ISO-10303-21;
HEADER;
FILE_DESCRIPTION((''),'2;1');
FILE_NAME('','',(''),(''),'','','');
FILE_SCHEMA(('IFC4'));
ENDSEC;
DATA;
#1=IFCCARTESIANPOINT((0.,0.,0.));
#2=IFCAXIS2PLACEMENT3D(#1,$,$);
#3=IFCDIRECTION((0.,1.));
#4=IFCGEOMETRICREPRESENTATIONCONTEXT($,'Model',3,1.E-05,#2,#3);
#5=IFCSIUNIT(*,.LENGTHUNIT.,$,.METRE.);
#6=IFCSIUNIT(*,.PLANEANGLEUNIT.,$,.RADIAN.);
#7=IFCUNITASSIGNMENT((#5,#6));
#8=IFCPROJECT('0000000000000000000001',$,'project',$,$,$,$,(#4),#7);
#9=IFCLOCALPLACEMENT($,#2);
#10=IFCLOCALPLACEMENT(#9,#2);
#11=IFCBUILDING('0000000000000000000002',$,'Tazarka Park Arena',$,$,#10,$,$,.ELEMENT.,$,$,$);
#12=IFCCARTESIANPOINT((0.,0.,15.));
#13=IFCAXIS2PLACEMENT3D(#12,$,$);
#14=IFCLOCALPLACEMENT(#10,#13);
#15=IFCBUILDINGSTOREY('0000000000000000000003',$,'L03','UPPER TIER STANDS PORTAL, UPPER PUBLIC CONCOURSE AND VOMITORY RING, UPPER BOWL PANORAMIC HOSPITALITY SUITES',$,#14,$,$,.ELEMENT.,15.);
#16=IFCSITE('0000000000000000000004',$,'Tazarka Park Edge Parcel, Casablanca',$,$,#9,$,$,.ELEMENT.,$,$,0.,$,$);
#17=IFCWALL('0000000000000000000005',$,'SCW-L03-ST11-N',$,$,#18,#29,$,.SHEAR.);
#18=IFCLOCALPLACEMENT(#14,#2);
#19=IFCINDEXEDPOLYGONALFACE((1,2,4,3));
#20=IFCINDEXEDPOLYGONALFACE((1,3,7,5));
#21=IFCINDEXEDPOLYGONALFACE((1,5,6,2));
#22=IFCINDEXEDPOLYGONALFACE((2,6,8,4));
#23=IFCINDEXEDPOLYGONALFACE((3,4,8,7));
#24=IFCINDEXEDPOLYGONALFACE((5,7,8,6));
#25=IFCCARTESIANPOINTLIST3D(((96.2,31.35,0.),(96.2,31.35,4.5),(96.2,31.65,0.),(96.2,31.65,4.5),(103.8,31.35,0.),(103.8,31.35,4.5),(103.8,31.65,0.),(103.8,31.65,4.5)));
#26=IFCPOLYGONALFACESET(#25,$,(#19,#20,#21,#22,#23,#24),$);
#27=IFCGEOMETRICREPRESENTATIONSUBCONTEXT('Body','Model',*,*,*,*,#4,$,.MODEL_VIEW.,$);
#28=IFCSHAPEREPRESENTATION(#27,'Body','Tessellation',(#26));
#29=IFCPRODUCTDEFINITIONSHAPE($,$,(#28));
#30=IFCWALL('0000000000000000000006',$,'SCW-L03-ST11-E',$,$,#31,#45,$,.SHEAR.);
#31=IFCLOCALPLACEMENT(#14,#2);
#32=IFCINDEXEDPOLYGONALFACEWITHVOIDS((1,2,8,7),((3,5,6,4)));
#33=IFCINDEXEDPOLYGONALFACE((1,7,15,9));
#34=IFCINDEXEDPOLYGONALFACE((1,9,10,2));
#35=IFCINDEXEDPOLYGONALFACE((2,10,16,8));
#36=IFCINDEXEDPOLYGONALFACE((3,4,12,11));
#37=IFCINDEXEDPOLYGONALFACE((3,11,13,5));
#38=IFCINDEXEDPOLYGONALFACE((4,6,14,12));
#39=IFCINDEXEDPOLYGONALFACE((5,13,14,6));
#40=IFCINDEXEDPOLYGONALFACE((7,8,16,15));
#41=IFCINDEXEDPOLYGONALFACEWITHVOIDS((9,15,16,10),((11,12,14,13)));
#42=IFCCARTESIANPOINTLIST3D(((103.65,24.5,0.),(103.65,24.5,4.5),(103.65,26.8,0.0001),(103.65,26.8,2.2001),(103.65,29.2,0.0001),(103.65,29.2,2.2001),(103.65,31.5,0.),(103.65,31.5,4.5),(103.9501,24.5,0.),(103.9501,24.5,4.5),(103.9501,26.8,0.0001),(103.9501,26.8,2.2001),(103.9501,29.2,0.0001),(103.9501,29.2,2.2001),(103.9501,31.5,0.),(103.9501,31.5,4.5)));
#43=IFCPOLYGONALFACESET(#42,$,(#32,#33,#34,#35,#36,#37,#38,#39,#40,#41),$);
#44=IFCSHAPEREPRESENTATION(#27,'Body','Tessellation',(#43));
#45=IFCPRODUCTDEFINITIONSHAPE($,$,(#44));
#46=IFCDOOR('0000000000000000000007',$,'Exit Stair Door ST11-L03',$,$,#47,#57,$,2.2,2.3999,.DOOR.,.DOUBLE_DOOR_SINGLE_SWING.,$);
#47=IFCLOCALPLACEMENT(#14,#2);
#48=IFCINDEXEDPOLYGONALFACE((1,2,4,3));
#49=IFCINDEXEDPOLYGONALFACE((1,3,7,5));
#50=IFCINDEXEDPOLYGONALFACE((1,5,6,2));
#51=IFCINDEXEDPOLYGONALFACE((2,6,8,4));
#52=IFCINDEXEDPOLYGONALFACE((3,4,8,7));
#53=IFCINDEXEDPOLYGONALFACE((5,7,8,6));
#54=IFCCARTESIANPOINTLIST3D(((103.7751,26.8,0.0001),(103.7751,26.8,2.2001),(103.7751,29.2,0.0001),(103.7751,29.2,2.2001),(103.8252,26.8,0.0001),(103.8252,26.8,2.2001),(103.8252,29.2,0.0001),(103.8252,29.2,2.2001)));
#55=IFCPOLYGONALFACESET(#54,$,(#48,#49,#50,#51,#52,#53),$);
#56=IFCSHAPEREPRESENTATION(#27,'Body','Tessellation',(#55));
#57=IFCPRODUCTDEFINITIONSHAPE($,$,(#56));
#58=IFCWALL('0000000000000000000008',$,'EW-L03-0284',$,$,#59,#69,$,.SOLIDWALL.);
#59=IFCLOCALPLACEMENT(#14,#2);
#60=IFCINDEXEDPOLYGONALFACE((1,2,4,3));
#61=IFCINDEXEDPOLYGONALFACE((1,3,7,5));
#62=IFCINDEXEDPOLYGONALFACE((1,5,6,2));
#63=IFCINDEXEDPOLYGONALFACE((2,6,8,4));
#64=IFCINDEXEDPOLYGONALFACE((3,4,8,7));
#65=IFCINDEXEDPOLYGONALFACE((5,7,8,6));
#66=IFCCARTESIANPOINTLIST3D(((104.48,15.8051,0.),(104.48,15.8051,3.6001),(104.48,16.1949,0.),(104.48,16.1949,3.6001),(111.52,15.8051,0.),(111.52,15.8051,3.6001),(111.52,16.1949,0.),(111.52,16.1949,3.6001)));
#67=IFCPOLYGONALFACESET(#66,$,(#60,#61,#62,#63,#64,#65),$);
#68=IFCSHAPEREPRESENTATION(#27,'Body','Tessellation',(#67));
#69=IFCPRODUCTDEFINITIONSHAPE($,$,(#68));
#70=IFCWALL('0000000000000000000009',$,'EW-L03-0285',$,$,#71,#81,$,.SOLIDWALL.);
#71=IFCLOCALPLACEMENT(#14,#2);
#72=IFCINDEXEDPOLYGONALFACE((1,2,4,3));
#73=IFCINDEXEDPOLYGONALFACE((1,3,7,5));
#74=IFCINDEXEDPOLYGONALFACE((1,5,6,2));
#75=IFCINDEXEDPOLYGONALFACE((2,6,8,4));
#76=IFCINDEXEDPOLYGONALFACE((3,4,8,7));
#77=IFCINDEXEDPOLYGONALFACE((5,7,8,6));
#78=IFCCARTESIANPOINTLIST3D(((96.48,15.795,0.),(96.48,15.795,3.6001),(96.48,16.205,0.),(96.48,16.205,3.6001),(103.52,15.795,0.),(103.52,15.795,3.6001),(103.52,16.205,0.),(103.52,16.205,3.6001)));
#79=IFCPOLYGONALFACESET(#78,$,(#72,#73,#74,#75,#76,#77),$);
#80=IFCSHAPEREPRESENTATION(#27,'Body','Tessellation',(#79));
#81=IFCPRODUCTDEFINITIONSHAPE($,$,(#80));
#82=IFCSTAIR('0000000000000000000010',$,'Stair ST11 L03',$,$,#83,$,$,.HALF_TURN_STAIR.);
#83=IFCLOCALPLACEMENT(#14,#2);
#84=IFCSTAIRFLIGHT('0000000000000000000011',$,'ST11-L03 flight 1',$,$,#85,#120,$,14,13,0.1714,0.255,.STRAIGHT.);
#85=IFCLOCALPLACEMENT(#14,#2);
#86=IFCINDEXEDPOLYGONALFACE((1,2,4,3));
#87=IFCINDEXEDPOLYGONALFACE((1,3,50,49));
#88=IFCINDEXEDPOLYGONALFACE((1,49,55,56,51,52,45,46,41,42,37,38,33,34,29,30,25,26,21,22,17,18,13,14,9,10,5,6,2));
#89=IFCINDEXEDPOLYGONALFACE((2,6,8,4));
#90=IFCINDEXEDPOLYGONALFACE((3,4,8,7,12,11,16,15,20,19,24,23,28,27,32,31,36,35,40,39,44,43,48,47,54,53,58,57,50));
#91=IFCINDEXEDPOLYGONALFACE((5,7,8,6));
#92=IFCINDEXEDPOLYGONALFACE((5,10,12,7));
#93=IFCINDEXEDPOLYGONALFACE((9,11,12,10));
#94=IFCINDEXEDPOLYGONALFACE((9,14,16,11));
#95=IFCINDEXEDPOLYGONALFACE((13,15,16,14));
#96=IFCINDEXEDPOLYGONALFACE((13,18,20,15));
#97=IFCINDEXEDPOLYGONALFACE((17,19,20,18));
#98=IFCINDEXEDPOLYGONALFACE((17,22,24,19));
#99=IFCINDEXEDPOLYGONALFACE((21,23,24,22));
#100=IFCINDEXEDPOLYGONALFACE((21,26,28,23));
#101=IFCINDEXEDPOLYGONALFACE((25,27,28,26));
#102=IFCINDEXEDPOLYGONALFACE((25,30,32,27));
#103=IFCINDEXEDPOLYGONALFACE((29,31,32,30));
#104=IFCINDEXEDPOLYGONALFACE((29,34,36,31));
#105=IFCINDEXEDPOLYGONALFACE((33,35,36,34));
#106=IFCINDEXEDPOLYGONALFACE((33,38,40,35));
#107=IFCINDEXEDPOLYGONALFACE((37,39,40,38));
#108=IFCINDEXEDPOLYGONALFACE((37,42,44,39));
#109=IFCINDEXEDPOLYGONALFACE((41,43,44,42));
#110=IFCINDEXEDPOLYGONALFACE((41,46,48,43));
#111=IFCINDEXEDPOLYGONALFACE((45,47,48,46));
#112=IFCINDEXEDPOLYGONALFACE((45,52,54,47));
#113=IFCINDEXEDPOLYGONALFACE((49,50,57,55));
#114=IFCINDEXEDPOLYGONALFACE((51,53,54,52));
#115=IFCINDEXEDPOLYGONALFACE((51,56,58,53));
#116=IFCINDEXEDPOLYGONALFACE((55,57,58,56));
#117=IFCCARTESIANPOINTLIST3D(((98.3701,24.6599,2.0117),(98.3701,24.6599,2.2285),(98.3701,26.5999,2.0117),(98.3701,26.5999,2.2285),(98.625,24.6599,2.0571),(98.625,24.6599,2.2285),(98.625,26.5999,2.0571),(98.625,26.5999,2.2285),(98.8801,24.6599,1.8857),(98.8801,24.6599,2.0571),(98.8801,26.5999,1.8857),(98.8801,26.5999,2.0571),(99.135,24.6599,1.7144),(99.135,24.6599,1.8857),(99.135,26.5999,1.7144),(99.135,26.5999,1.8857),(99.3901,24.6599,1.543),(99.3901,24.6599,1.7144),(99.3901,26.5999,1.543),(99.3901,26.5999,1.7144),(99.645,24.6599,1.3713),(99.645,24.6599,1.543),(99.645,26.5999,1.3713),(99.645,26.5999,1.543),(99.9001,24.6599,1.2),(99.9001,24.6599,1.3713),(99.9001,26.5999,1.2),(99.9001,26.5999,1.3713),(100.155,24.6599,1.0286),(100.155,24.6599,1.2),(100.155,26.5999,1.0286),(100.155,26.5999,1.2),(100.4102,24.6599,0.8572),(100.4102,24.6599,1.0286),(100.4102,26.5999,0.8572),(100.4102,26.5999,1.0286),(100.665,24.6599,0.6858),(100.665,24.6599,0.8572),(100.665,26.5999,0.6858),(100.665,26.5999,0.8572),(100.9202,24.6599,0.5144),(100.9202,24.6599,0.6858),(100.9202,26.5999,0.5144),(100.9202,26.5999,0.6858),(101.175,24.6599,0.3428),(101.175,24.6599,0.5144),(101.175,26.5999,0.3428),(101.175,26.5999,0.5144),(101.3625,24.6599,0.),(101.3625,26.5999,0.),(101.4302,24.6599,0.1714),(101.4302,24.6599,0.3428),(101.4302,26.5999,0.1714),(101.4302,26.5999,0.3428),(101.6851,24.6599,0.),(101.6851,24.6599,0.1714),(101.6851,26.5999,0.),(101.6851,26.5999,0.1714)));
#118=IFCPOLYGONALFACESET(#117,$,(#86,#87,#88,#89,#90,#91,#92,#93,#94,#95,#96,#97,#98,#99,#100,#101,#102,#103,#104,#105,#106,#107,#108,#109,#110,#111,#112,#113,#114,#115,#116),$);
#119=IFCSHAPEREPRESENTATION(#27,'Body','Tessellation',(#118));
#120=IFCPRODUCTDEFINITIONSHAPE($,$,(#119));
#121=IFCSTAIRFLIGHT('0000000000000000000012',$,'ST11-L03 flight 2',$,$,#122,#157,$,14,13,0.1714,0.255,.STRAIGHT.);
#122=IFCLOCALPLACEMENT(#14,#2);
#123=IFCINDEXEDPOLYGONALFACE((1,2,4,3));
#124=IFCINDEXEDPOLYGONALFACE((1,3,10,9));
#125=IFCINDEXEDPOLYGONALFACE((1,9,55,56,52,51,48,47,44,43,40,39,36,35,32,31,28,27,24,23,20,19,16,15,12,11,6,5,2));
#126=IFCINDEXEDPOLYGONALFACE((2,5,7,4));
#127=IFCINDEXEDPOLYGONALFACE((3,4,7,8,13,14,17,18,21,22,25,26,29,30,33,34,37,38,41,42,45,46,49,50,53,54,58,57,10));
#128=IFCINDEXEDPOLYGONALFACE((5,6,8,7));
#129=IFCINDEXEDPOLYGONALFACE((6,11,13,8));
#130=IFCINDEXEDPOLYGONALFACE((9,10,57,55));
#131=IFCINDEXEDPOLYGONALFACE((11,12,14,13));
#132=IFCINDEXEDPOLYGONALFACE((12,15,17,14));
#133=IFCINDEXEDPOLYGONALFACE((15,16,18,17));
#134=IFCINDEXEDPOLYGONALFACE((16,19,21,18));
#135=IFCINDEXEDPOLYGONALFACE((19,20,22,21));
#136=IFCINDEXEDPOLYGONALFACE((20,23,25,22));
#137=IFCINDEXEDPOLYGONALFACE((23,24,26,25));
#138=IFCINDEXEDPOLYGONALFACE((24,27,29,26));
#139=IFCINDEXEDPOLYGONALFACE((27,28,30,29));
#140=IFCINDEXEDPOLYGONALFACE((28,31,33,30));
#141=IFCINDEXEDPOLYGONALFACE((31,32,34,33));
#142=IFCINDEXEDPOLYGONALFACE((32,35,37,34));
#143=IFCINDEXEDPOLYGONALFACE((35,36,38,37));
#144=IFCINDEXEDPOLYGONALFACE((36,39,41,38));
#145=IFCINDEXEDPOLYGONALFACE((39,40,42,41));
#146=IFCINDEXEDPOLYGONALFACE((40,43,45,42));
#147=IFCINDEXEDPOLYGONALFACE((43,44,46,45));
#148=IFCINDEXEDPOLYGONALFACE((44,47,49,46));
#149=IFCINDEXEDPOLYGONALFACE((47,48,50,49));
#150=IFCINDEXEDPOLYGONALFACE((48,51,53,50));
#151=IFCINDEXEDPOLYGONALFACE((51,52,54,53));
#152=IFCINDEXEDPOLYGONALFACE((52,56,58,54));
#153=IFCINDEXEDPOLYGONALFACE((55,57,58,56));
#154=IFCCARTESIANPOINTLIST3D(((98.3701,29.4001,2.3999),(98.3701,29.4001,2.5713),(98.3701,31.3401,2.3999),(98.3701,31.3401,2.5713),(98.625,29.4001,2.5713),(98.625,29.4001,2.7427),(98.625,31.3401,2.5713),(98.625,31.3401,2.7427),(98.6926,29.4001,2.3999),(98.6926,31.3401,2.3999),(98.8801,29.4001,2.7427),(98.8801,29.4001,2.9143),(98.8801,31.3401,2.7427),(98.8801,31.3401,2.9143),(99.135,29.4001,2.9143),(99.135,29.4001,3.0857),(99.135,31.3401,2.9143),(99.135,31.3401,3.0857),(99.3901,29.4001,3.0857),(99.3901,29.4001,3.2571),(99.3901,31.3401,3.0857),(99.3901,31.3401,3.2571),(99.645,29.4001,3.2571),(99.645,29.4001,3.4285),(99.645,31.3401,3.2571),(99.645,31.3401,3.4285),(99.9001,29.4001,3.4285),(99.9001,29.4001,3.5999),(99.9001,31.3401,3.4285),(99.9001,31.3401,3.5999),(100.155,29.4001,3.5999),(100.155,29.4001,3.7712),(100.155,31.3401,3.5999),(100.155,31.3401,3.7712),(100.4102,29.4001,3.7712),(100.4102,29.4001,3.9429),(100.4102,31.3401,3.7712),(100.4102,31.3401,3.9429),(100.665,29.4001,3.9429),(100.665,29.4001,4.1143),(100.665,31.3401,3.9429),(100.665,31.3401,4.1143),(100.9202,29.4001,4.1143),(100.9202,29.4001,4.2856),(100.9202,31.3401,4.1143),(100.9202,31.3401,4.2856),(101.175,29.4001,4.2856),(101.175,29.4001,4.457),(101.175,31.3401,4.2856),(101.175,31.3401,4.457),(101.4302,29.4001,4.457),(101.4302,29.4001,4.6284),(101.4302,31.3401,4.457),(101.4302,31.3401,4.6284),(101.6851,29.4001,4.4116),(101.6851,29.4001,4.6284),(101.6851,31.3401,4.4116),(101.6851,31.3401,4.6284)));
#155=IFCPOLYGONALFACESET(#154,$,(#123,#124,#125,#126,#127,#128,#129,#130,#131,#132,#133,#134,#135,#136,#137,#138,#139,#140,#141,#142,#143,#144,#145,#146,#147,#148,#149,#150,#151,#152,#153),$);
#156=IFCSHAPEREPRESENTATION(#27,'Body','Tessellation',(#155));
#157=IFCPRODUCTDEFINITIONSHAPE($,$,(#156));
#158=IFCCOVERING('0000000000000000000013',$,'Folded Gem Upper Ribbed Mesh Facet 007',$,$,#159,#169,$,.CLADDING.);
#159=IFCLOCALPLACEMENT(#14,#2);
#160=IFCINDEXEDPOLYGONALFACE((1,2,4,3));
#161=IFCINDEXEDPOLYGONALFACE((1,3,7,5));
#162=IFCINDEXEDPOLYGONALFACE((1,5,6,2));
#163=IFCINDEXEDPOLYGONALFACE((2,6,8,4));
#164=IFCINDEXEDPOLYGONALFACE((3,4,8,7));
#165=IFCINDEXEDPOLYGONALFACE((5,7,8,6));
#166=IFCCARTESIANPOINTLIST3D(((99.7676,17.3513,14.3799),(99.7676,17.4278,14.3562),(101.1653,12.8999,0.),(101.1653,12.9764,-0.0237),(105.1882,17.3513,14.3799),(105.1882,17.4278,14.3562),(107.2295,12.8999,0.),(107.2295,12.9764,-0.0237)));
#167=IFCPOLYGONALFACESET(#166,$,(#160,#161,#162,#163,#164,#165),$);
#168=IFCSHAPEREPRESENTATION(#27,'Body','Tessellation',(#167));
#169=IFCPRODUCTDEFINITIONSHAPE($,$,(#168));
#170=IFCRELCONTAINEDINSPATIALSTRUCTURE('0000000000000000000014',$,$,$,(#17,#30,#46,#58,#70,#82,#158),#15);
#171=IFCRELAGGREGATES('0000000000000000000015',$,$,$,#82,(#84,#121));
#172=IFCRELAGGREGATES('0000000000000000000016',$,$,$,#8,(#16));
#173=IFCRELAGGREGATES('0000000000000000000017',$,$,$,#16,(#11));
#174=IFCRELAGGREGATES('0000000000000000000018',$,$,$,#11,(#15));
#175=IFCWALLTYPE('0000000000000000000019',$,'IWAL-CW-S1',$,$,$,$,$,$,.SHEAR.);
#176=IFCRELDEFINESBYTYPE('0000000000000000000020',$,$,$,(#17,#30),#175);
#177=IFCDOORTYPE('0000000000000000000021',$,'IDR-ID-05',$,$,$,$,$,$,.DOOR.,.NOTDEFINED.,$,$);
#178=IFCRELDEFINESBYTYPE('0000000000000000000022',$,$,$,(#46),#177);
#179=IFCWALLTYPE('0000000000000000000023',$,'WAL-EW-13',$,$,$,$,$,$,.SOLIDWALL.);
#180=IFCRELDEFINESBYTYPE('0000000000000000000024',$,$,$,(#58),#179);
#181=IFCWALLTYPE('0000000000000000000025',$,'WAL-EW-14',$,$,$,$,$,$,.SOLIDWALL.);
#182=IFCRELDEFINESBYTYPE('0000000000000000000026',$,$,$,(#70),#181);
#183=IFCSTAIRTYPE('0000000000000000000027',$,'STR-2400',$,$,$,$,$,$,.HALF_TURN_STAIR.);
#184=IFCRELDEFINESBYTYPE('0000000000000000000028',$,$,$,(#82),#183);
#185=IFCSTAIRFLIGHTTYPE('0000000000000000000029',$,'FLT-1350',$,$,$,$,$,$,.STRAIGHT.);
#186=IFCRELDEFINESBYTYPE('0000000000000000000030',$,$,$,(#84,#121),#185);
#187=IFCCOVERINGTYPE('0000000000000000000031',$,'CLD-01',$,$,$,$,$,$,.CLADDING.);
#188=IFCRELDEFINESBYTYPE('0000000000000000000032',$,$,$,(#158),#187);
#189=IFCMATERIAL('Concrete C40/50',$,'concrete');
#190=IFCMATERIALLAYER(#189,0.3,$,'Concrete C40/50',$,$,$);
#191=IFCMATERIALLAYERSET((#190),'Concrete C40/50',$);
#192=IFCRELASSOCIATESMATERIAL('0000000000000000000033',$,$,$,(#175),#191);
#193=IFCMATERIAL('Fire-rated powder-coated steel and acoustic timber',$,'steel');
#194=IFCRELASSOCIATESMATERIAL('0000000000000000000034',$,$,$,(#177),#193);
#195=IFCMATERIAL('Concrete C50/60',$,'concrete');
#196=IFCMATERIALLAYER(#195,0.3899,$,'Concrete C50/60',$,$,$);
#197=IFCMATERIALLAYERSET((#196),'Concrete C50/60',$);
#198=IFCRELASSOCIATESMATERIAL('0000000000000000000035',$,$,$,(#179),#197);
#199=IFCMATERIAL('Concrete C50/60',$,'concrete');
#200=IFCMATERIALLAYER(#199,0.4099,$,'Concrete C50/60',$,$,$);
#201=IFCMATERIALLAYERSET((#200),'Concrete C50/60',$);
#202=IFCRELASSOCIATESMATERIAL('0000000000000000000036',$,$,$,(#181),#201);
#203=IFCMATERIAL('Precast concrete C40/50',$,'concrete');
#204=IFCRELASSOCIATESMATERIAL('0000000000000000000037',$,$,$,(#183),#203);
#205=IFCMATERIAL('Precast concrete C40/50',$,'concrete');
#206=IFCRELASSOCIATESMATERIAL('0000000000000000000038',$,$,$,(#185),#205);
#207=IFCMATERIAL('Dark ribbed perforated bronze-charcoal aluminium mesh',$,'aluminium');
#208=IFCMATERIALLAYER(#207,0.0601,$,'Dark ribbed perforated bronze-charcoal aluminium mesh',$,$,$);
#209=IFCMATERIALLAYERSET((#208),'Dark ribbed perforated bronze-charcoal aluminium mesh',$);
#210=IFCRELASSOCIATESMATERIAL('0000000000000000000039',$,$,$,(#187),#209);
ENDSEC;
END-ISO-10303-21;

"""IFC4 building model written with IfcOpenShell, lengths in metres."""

from ifc_helpers import new_model, si_unit, direction, frame, frame_2d, origin, place, context, subcontext, project, spatial, polyline, rectangle, outline, extrude, material, layer, layer_set, type_object, element, fill, aggregate, save


model = new_model("IFC4")

# Units and contexts
model_context = context("Model", 3, precision=1e-05, world=origin(), true_north=direction((0.0, 1.0)))
body_context = subcontext(model_context, "Body", "Model", "MODEL_VIEW")
ifc_project = project(units=[si_unit("LENGTHUNIT", "METRE"), si_unit("PLANEANGLEUNIT", "RADIAN")], contexts=[model_context])

# Site, building, storey
site_placement = place(None, origin())
site = spatial("IfcSite", under=ifc_project, at=site_placement, Name="Tazarka Park Edge Parcel, Casablanca", CompositionType="ELEMENT", RefElevation=0.0)
building_placement = place(site_placement, origin())
building = spatial("IfcBuilding", under=site, at=building_placement, Name="Tazarka Park Arena", CompositionType="ELEMENT")
storey_placement = place(building_placement, frame((0.0, 0.0, 15.0)))
storey = spatial("IfcBuildingStorey", under=building, at=storey_placement, Name="L03", Description="UPPER TIER STANDS PORTAL, UPPER PUBLIC CONCOURSE AND VOMITORY RING, UPPER BOWL PANORAMIC HOSPITALITY SUITES", CompositionType="ELEMENT", Elevation=15.0)

# Wall
ifc_material_1 = material(Name="Concrete C40/50", Category="concrete")
ifc_layer_1 = layer(ifc_material_1, 0.3, Name="Concrete C40/50")
ifc_layer_set_1 = layer_set([ifc_layer_1], Name="Concrete C40/50")
wall_type_1 = type_object("IfcWallType", Name="IWAL-CW-S1", PredefinedType="SHEAR", material=ifc_layer_set_1)
wall_1_placement = place(storey_placement, frame((96.2, 31.5, 0.0), z_axis=(0.0, 0.0, 1.0), x_axis=(1.0, 0.0, 0.0)))
element("IfcWall", 1, at=wall_1_placement, inside=storey, type_object=wall_type_1, Name="SCW-L03-ST11-N", PredefinedType="SHEAR", context=body_context, shape_type="SweptSolid", body=[
    extrude(rectangle(XDim=7.6001, YDim=0.3, at=frame_2d((3.8, 0.0))), origin(), (0.0, 0.0, 1.0), 4.5),
])

# Wall, opening, door
wall_2_placement = place(storey_placement, frame((103.8, 31.5, 0.0), z_axis=(0.0, 0.0, 1.0), x_axis=(0.0, -1.0, 0.0)))
wall_2 = element("IfcWall", 2, at=wall_2_placement, inside=storey, type_object=wall_type_1, Name="SCW-L03-ST11-E", PredefinedType="SHEAR", context=body_context, shape_type="SweptSolid", body=[
    extrude(rectangle(XDim=7.0, YDim=0.3, at=frame_2d((3.5, 0.0))), origin(), (0.0, 0.0, 1.0), 4.5),
])
opening_placement = place(wall_2_placement, frame((2.3, 0.0, 0.0)))
opening = element("IfcOpeningElement", 3, at=opening_placement, cuts=wall_2, PredefinedType="OPENING", context=body_context, shape_type="SweptSolid", body=[
    extrude(rectangle(XDim=2.3999, YDim=2.2, at=frame_2d((1.2, 1.1001))), frame((0.0, 0.1602, 0.0), z_axis=(0.0, -1.0, 0.0), x_axis=(1.0, 0.0, 0.0)), (0.0, 0.0, 1.0), 0.3201),
])
ifc_material_2 = material(Name="Fire-rated powder-coated steel and acoustic timber", Category="steel")
door_type = type_object("IfcDoorType", Name="IDR-ID-05", OperationType="NOTDEFINED", PredefinedType="DOOR", material=ifc_material_2)
door_placement = place(opening_placement, frame((2.3999, 0.0, 0.0), z_axis=(0.0, 0.0, 1.0), x_axis=(-1.0, 0.0, 0.0)))
door = element("IfcDoor", 4, at=door_placement, inside=storey, type_object=door_type, Name="Exit Stair Door ST11-L03", OperationType="DOUBLE_DOOR_SINGLE_SWING", OverallHeight=2.2, OverallWidth=2.3999, PredefinedType="DOOR", context=body_context, shape_type="SweptSolid", body=[
    extrude(rectangle(XDim=2.3999, YDim=2.2, at=frame_2d((1.2, 1.1001))), frame((0.0, 0.0249, 0.0), z_axis=(0.0, -1.0, 0.0), x_axis=(1.0, 0.0, 0.0)), (0.0, 0.0, 1.0), 0.05),
])
fill(opening, door)

# Walls
ifc_material_3 = material(Name="Concrete C50/60", Category="concrete")
ifc_layer_2 = layer(ifc_material_3, 0.3899, Name="Concrete C50/60")
ifc_layer_set_2 = layer_set([ifc_layer_2], Name="Concrete C50/60")
wall_type_2 = type_object("IfcWallType", Name="WAL-EW-13", PredefinedType="SOLIDWALL", material=ifc_layer_set_2)
wall_3_placement = place(storey_placement, frame((111.52, 16.0, 0.0), z_axis=(0.0, 0.0, 1.0), x_axis=(-1.0, 0.0, 0.0)))
element("IfcWall", 5, at=wall_3_placement, inside=storey, type_object=wall_type_2, Name="EW-L03-0284", PredefinedType="SOLIDWALL", context=body_context, shape_type="SweptSolid", body=[
    extrude(rectangle(XDim=7.04, YDim=0.3899, at=frame_2d((3.52, 0.0))), origin(), (0.0, 0.0, 1.0), 3.6001),
])
ifc_material_4 = material(Name="Concrete C50/60", Category="concrete")
ifc_layer_3 = layer(ifc_material_4, 0.4099, Name="Concrete C50/60")
ifc_layer_set_3 = layer_set([ifc_layer_3], Name="Concrete C50/60")
wall_type_3 = type_object("IfcWallType", Name="WAL-EW-14", PredefinedType="SOLIDWALL", material=ifc_layer_set_3)
wall_4_placement = place(storey_placement, frame((103.52, 16.0, 0.0), z_axis=(0.0, 0.0, 1.0), x_axis=(-1.0, 0.0, 0.0)))
element("IfcWall", 6, at=wall_4_placement, inside=storey, type_object=wall_type_3, Name="EW-L03-0285", PredefinedType="SOLIDWALL", context=body_context, shape_type="SweptSolid", body=[
    extrude(rectangle(XDim=7.04, YDim=0.4099, at=frame_2d((3.52, 0.0))), origin(), (0.0, 0.0, 1.0), 3.6001),
])

# Stair, stair flights
ifc_material_5 = material(Name="Precast concrete C40/50", Category="concrete")
stair_type = type_object("IfcStairType", Name="STR-2400", PredefinedType="HALF_TURN_STAIR", material=ifc_material_5)
stair_placement = place(storey_placement, origin())
stair = element("IfcStair", 7, at=stair_placement, inside=storey, type_object=stair_type, Name="Stair ST11 L03", PredefinedType="HALF_TURN_STAIR")
ifc_material_6 = material(Name="Precast concrete C40/50", Category="concrete")
stair_flight_type = type_object("IfcStairFlightType", Name="FLT-1350", PredefinedType="STRAIGHT", material=ifc_material_6)
stair_flight_1_placement = place(storey_placement, frame((101.6851, 25.6299, 0.0), z_axis=(0.0, 0.0, 1.0), x_axis=(-1.0, 0.0, 0.0)))
stair_flight_1 = element("IfcStairFlight", 8, at=stair_flight_1_placement, type_object=stair_flight_type, Name="ST11-L03 flight 1", NumberOfRisers=14, NumberOfTreads=13, PredefinedType="STRAIGHT", RiserHeight=0.1714, TreadLength=0.255, context=body_context, shape_type="SweptSolid", body=[
    extrude(outline(polyline([(0.0, 0.0), (0.0, 0.1714), (0.2549, 0.1714), (0.2549, 0.3428), (0.51, 0.3428), (0.51, 0.5144), (0.7649, 0.5144), (0.7649, 0.6858), (1.02, 0.6858), (1.02, 0.8572), (1.2749, 0.8572), (1.2749, 1.0286), (1.53, 1.0286), (1.53, 1.2), (1.7849, 1.2), (1.7849, 1.3713), (2.04, 1.3713), (2.04, 1.543), (2.2949, 1.543), (2.2949, 1.7144), (2.55, 1.7144), (2.55, 1.8857), (2.8049, 1.8857), (2.8049, 2.0571), (3.0601, 2.0571), (3.0601, 2.2285), (3.3149, 2.2285), (3.3149, 2.3999), (3.3149, 2.0117), (0.3225, 0.0), (0.0, 0.0)])), frame((0.0, 0.97, 0.0), z_axis=(0.0, -1.0, 0.0), x_axis=(1.0, 0.0, 0.0)), (0.0, 0.0, 1.0), 1.9399),
])
stair_flight_2_placement = place(storey_placement, frame((98.3701, 30.3701, 2.3999), z_axis=(0.0, 0.0, 1.0), x_axis=(1.0, 0.0, 0.0)))
stair_flight_2 = element("IfcStairFlight", 9, at=stair_flight_2_placement, type_object=stair_flight_type, Name="ST11-L03 flight 2", NumberOfRisers=14, NumberOfTreads=13, PredefinedType="STRAIGHT", RiserHeight=0.1714, TreadLength=0.255, context=body_context, shape_type="SweptSolid", body=[
    extrude(outline(polyline([(0.0, 0.0), (0.0, 0.1714), (0.2549, 0.1714), (0.2549, 0.3428), (0.51, 0.3428), (0.51, 0.5144), (0.7649, 0.5144), (0.7649, 0.6858), (1.02, 0.6858), (1.02, 0.8572), (1.2749, 0.8572), (1.2749, 1.0286), (1.53, 1.0286), (1.53, 1.2), (1.7849, 1.2), (1.7849, 1.3713), (2.04, 1.3713), (2.04, 1.543), (2.2949, 1.543), (2.2949, 1.7144), (2.55, 1.7144), (2.55, 1.8857), (2.8049, 1.8857), (2.8049, 2.0571), (3.0601, 2.0571), (3.0601, 2.2285), (3.3149, 2.2285), (3.3149, 2.3999), (3.3149, 2.0117), (0.3225, 0.0), (0.0, 0.0)])), frame((0.0, 0.97, 0.0), z_axis=(0.0, -1.0, 0.0), x_axis=(1.0, 0.0, 0.0)), (0.0, 0.0, 1.0), 1.9399),
])
aggregate(stair, [stair_flight_1, stair_flight_2])

# Covering
ifc_material_7 = material(Name="Dark ribbed perforated bronze-charcoal aluminium mesh", Category="aluminium")
ifc_layer_4 = layer(ifc_material_7, 0.0601, Name="Dark ribbed perforated bronze-charcoal aluminium mesh")
ifc_layer_set_4 = layer_set([ifc_layer_4], Name="Dark ribbed perforated bronze-charcoal aluminium mesh")
covering_type = type_object("IfcCoveringType", Name="CLD-01", PredefinedType="CLADDING", material=ifc_layer_set_4)
covering_1_placement = place(storey_placement, frame((101.1653, 12.8999, 0.0), z_axis=(0.0, -0.955277, 0.295714), x_axis=(1.0, 0.0, 0.0)))
element("IfcCovering", 10, at=covering_1_placement, inside=storey, type_object=covering_type, Name="Folded Gem Upper Ribbed Mesh Facet 007", PredefinedType="CLADDING", context=body_context, shape_type="SweptSolid", body=[
    extrude(outline(polyline([(0.0, 0.0), (6.0642, 0.0), (4.0229, 15.0531), (-1.3977, 15.0531), (0.0, 0.0)])), origin(), (0.0, 0.0, -1.0), 0.0801),
])

save(model, "model.ifc")
